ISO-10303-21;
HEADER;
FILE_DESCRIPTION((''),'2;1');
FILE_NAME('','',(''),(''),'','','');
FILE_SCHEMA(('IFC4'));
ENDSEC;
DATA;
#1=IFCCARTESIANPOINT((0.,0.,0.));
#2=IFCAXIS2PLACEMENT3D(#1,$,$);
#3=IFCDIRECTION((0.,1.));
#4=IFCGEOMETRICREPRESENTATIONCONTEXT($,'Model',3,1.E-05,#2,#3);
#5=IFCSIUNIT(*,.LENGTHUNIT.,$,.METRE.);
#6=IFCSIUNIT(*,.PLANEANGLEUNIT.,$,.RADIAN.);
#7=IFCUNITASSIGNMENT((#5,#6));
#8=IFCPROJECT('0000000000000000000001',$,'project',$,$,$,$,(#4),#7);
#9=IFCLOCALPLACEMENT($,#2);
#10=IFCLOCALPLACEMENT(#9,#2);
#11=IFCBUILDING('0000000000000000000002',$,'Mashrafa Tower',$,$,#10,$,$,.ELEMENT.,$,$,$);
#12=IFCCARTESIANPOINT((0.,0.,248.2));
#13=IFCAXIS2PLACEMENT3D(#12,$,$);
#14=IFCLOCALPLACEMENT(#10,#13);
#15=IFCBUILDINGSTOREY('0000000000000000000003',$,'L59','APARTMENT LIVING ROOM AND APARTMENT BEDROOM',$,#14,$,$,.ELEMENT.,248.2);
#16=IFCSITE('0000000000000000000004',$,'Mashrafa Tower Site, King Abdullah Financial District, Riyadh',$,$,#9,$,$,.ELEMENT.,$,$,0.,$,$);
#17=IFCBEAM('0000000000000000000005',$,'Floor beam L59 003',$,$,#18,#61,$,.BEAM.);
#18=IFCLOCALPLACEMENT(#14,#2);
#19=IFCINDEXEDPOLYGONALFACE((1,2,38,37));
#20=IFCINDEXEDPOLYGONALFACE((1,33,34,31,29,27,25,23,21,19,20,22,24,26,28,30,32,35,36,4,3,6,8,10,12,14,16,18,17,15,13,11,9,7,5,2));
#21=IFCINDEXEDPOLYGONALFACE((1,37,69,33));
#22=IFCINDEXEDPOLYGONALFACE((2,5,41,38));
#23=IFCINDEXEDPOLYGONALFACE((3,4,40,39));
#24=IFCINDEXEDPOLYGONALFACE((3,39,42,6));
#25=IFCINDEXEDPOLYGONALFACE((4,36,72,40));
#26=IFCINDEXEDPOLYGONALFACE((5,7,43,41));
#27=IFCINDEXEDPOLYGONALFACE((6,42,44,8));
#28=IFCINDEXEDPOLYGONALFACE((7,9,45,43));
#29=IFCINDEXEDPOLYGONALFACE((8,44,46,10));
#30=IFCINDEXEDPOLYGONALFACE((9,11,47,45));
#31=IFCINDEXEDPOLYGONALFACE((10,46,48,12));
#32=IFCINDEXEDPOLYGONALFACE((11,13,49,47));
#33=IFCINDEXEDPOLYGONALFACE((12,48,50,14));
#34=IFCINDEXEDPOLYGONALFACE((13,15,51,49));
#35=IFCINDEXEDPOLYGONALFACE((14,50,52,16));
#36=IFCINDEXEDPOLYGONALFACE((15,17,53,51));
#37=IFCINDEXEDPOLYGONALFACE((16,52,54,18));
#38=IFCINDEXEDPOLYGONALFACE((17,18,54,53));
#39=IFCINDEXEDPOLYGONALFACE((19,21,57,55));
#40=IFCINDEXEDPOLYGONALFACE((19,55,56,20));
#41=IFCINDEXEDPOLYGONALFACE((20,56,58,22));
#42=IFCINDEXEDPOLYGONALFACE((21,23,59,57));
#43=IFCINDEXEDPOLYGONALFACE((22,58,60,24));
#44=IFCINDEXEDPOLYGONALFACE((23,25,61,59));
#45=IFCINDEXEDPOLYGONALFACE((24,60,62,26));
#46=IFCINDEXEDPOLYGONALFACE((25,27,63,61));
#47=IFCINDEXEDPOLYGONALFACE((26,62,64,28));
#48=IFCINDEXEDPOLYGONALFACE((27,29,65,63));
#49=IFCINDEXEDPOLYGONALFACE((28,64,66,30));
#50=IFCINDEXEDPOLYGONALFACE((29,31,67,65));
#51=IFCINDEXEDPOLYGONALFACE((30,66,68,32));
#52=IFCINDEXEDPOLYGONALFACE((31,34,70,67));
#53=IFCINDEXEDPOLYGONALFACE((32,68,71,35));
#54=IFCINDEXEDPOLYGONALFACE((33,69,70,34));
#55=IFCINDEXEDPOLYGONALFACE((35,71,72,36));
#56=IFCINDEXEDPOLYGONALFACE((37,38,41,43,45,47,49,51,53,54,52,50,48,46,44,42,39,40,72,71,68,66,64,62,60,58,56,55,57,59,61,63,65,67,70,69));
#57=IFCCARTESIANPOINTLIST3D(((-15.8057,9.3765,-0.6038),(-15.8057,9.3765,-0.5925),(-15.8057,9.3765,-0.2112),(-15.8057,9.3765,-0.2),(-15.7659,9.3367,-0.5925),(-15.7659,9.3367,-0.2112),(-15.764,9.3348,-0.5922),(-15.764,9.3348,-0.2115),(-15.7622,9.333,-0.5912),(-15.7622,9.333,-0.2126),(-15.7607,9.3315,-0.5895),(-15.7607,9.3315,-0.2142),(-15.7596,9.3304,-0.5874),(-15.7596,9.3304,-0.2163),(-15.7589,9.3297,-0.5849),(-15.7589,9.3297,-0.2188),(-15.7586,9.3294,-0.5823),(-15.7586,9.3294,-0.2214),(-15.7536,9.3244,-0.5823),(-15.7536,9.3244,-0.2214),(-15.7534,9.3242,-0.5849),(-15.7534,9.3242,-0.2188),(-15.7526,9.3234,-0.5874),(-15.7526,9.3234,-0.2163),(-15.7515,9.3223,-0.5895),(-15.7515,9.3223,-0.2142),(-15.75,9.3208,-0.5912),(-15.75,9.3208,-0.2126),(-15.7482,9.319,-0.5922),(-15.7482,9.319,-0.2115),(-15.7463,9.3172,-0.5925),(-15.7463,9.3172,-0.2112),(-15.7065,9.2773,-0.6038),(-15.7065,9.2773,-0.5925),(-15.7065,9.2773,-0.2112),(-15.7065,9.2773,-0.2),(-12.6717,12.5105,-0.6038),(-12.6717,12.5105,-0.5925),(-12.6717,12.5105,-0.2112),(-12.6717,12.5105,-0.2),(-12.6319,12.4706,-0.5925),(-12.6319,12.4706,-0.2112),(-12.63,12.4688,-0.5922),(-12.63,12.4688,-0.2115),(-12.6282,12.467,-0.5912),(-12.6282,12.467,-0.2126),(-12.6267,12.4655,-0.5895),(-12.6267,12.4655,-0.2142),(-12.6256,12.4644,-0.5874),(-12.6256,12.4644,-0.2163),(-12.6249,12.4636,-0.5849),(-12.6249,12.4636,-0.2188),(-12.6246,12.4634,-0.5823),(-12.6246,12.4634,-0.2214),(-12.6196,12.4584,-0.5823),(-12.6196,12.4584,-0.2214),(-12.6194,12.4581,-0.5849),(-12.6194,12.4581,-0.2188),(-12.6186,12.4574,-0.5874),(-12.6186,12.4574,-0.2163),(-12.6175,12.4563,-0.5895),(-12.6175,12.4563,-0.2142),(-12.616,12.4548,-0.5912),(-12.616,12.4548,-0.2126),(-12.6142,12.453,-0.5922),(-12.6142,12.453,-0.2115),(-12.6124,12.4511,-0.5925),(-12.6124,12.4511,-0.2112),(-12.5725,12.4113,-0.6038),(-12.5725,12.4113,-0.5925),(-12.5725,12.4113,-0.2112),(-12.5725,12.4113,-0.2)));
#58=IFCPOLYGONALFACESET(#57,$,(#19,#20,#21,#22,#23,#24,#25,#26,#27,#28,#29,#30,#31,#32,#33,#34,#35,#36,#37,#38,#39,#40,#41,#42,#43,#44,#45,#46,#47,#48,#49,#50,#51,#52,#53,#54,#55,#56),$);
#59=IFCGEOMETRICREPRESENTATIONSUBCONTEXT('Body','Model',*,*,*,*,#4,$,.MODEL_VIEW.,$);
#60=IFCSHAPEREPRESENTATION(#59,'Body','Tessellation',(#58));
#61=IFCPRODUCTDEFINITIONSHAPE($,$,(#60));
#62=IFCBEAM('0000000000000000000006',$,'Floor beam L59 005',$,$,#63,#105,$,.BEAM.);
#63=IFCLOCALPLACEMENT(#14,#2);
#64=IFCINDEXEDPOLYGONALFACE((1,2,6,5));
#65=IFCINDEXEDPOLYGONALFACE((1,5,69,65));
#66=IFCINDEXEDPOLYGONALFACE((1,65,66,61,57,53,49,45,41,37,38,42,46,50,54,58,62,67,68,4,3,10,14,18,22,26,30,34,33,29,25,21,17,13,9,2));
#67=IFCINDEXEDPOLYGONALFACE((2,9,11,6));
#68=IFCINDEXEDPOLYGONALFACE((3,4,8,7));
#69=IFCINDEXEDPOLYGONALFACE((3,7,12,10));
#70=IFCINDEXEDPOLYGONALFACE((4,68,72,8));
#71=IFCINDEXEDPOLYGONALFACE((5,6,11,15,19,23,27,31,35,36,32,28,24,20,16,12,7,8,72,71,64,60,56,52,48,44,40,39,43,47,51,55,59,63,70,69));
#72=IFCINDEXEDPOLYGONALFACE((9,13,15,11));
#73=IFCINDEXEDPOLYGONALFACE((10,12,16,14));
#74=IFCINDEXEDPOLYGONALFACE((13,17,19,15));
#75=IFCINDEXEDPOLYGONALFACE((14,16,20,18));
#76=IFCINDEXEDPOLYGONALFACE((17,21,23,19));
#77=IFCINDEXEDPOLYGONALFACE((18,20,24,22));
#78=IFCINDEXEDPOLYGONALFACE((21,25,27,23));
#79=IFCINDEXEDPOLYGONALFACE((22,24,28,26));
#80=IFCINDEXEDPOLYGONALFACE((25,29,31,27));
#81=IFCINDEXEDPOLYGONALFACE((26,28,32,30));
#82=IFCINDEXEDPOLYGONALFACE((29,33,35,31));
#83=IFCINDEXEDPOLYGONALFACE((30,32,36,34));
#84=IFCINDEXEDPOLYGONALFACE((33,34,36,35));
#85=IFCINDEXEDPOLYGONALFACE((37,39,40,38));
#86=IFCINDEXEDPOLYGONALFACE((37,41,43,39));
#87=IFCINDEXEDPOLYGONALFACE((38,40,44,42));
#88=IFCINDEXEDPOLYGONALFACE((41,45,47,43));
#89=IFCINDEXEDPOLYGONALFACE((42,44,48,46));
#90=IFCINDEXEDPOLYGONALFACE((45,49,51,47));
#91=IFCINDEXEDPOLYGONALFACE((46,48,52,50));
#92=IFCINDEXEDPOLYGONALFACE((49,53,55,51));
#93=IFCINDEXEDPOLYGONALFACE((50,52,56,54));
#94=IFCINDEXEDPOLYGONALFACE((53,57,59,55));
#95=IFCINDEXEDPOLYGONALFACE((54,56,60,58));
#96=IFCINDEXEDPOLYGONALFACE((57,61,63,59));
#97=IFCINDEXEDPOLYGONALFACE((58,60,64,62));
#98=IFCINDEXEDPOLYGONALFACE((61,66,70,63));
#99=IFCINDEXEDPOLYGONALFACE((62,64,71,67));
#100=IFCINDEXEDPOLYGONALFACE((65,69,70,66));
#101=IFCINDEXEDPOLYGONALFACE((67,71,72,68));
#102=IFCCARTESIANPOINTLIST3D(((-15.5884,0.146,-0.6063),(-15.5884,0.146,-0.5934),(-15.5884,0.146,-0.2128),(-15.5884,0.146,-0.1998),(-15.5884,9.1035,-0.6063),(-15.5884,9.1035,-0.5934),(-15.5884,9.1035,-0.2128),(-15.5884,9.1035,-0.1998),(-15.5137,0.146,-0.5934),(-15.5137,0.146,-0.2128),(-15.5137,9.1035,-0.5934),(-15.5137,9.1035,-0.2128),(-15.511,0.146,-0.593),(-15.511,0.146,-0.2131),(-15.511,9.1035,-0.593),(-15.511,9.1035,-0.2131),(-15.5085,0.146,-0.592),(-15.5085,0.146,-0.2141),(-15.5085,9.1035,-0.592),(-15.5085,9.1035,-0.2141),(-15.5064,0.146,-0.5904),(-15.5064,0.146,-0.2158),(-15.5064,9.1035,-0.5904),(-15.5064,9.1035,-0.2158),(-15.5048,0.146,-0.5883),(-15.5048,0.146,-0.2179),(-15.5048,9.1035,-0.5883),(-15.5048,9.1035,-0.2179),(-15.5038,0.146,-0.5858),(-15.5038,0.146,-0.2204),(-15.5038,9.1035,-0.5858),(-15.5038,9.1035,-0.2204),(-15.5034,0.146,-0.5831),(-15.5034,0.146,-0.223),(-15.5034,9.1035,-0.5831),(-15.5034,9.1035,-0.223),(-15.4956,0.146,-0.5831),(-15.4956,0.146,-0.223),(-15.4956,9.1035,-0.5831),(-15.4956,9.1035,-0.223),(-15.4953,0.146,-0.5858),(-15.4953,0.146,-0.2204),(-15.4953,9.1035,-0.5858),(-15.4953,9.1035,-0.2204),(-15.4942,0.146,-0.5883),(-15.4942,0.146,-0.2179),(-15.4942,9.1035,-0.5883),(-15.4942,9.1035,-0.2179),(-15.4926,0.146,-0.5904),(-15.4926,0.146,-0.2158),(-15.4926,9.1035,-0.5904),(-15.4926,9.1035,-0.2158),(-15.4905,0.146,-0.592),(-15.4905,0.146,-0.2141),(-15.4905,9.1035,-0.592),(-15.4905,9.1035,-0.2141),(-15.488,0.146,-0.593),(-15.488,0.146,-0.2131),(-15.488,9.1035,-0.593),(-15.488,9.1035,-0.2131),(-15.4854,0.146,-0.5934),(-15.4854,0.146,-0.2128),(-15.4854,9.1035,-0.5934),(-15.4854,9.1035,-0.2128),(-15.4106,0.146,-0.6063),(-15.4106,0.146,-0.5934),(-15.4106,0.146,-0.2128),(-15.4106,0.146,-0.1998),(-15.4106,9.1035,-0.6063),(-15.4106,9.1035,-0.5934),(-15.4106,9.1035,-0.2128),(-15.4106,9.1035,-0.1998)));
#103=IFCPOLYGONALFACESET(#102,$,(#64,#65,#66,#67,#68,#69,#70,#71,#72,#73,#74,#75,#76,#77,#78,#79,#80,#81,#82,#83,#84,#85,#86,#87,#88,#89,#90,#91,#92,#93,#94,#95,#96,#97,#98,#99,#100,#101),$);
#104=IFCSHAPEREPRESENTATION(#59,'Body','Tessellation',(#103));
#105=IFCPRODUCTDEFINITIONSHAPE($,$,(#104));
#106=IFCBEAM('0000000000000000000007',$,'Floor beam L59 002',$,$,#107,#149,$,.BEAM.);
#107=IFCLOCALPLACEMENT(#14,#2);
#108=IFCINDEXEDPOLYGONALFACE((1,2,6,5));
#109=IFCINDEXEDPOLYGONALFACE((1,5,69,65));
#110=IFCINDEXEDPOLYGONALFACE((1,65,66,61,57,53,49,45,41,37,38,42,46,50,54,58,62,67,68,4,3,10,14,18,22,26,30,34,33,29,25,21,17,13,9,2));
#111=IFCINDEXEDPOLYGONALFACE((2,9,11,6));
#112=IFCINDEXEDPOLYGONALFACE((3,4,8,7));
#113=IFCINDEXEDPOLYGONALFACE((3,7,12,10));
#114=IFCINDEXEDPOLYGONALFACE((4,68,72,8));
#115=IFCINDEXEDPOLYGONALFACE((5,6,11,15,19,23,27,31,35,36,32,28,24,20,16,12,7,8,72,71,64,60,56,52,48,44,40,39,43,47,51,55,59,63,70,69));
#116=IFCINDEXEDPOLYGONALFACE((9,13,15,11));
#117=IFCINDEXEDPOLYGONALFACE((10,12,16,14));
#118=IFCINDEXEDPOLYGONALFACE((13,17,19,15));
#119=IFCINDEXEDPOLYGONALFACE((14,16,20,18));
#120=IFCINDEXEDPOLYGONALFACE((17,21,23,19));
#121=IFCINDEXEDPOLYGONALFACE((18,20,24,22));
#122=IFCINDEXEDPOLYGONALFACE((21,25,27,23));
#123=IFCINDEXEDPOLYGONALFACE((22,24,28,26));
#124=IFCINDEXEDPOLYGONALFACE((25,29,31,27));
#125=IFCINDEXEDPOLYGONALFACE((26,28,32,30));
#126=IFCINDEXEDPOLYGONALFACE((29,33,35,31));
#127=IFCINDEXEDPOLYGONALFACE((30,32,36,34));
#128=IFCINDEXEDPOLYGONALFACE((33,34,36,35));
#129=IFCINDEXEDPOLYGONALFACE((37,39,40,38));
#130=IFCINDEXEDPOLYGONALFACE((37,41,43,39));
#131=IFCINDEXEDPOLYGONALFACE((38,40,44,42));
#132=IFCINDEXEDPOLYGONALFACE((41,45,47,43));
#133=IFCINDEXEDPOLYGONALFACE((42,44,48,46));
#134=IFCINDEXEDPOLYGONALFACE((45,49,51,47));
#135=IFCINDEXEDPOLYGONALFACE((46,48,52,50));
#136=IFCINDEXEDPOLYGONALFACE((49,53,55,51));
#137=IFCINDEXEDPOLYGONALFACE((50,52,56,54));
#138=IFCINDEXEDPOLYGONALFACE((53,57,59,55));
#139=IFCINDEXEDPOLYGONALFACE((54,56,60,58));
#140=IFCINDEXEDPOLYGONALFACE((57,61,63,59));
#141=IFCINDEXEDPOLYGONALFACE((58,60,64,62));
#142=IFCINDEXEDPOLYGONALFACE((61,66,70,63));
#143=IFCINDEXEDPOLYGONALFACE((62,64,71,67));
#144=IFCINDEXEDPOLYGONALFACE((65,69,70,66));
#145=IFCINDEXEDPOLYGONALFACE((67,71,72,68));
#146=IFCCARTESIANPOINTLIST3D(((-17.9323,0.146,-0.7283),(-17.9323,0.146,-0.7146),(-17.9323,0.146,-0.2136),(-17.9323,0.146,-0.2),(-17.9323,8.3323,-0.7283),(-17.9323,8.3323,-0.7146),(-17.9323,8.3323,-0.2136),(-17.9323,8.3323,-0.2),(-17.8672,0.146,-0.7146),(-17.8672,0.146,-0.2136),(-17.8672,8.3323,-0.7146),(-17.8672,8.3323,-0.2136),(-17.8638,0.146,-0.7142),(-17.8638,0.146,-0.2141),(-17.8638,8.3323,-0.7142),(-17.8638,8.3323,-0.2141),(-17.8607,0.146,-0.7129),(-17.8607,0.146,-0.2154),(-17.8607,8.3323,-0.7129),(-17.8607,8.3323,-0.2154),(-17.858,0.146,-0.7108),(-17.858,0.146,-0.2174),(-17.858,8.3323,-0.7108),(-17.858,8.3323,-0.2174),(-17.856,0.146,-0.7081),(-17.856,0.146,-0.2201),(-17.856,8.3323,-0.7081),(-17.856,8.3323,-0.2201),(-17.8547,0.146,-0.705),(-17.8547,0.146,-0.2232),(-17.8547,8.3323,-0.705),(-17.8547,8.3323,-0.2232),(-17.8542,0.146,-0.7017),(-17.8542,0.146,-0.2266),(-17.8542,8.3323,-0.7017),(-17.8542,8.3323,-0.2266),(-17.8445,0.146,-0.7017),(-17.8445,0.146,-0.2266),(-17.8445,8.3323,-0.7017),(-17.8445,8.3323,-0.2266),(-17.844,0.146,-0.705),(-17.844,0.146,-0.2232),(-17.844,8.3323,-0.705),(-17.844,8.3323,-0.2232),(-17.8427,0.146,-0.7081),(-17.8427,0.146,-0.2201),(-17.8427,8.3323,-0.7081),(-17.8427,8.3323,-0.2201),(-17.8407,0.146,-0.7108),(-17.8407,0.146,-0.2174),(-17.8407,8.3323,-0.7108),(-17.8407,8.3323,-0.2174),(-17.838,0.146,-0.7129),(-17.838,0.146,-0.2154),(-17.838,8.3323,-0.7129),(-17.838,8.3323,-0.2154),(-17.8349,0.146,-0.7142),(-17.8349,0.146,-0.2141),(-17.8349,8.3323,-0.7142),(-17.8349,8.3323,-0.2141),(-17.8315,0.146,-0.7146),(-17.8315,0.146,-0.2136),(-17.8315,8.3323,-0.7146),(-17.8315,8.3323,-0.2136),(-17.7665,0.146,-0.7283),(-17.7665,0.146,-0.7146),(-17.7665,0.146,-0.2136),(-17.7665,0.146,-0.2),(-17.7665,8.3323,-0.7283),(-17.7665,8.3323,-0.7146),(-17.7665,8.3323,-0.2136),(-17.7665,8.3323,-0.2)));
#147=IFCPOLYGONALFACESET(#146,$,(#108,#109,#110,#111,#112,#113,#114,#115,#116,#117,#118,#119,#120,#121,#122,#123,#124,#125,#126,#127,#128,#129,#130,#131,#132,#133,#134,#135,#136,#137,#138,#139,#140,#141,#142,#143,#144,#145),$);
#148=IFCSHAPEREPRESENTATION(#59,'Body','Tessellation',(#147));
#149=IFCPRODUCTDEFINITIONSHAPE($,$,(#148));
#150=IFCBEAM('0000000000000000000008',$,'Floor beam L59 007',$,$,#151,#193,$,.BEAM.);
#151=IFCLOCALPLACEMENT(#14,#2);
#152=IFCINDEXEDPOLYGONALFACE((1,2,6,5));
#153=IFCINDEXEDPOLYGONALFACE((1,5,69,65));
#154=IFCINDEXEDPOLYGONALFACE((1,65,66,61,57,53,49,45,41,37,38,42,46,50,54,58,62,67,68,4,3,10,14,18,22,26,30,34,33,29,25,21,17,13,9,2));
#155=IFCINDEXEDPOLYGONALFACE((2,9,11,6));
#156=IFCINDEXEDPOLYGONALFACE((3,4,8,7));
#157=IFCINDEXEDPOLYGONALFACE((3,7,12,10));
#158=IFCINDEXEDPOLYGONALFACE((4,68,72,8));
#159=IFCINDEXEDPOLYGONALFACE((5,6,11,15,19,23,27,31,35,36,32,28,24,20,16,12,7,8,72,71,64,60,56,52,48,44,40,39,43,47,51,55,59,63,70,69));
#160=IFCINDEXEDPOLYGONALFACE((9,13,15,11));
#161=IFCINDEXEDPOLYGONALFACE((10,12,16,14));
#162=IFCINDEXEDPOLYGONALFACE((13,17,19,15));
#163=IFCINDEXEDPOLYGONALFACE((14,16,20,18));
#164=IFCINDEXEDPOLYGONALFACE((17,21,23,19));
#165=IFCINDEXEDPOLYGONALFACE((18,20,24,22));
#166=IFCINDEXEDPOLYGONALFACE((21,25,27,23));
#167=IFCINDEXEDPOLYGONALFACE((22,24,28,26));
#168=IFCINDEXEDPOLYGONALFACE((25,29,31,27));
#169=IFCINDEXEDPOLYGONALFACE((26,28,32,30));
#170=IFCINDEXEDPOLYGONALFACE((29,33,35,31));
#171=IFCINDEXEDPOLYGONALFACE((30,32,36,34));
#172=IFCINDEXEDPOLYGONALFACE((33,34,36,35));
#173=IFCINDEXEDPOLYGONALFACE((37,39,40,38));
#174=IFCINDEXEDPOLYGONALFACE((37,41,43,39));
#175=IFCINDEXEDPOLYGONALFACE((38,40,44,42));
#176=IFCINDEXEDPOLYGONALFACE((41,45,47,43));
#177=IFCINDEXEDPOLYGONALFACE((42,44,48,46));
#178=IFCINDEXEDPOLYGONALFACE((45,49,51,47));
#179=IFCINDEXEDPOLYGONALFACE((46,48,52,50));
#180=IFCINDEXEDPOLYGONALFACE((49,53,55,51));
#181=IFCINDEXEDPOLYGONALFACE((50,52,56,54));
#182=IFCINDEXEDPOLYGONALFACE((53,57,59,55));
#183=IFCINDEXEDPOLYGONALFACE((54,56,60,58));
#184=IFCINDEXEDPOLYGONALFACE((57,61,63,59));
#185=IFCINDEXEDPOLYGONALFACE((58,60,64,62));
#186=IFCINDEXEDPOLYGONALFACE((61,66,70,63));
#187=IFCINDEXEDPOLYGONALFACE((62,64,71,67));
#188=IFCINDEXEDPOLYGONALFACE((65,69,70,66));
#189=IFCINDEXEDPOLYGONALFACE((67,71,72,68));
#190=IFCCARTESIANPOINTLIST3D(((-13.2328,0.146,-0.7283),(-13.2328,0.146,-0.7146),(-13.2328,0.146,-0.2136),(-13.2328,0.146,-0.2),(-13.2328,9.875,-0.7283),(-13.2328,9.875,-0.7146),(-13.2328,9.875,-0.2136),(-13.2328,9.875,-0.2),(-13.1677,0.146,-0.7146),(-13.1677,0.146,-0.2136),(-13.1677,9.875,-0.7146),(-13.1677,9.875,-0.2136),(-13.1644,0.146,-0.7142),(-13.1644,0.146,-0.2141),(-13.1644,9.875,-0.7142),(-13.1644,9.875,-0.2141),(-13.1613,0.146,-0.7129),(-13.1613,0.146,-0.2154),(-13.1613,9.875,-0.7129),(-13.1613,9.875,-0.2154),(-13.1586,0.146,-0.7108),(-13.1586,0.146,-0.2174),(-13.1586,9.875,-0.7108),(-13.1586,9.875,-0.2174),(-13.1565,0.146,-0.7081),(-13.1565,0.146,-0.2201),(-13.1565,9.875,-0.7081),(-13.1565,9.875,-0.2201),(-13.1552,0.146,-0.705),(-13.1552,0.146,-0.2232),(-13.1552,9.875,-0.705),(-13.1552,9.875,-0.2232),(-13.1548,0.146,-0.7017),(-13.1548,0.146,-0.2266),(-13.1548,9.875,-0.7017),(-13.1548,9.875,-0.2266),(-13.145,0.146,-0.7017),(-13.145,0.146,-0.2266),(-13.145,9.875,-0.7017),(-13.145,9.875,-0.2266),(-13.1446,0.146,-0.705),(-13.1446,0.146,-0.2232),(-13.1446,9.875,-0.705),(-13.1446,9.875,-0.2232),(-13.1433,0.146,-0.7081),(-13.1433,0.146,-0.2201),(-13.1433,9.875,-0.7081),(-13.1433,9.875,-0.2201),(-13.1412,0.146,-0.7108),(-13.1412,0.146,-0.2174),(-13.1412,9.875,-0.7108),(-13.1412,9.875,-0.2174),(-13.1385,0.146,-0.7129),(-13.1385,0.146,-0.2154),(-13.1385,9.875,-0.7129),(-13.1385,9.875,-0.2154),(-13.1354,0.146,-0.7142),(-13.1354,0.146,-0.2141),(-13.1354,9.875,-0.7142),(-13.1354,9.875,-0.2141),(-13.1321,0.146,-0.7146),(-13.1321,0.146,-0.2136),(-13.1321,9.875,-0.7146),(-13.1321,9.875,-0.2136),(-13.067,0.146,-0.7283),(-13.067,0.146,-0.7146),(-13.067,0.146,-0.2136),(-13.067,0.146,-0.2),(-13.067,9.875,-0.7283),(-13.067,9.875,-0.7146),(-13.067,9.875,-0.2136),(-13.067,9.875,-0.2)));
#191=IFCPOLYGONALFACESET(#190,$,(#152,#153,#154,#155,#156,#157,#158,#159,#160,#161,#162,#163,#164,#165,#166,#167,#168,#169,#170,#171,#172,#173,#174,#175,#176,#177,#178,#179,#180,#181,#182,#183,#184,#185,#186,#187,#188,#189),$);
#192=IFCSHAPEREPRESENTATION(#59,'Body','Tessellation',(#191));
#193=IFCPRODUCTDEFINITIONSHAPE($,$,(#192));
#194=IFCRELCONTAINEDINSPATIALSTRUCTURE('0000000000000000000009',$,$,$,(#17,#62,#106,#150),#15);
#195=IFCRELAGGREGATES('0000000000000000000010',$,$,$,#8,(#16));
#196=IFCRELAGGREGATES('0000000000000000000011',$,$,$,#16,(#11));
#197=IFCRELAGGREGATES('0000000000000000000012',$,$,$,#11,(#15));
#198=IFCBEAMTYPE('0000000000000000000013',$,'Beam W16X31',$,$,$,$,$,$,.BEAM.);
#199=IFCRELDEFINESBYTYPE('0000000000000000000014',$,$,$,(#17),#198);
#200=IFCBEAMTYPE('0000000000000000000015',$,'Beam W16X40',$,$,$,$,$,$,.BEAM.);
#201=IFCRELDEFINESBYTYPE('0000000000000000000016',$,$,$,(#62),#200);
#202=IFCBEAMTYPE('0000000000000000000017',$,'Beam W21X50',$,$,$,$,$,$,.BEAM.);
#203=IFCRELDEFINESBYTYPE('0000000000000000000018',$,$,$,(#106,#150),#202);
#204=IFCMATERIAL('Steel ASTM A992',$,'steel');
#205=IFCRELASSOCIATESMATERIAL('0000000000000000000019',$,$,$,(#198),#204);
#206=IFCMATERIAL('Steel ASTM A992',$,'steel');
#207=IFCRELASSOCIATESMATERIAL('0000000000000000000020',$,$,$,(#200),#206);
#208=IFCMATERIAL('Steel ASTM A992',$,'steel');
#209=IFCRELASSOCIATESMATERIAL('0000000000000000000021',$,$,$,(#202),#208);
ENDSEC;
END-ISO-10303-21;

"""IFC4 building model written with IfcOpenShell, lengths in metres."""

from ifc_helpers import new_model, si_unit, direction, frame, origin, origin_2d, place, context, subcontext, project, spatial, i_section, extrude, material, material_profile, profile_set, type_object, element, save


model = new_model("IFC4")

# Units and contexts
model_context = context("Model", 3, precision=1e-05, world=origin(), true_north=direction((0.0, 1.0)))
body_context = subcontext(model_context, "Body", "Model", "MODEL_VIEW")
ifc_project = project(units=[si_unit("LENGTHUNIT", "METRE"), si_unit("PLANEANGLEUNIT", "RADIAN")], contexts=[model_context])

# Site, building, storey
site_placement = place(None, origin())
site = spatial("IfcSite", under=ifc_project, at=site_placement, Name="Mashrafa Tower Site, King Abdullah Financial District, Riyadh", CompositionType="ELEMENT", RefElevation=0.0)
building_placement = place(site_placement, origin())
building = spatial("IfcBuilding", under=site, at=building_placement, Name="Mashrafa Tower", CompositionType="ELEMENT")
storey_placement = place(building_placement, frame((0.0, 0.0, 248.2)))
storey = spatial("IfcBuildingStorey", under=building, at=storey_placement, Name="L59", Description="APARTMENT LIVING ROOM AND APARTMENT BEDROOM", CompositionType="ELEMENT", Elevation=248.2)

# Beams
ifc_material_1 = material(Name="Steel ASTM A992", Category="steel")
ifc_material_profile_1 = material_profile(ifc_material_1, i_section(OverallWidth=0.1404, OverallDepth=0.4038, WebThickness=0.0071, FlangeThickness=0.0112, FilletRadius=0.0103, at=origin_2d()), Name="W16X31")
ifc_profile_set_1 = profile_set([ifc_material_profile_1], Name="Steel ASTM A992")
beam_type_1 = type_object("IfcBeamType", Name="Beam W16X31", PredefinedType="BEAM", material=ifc_profile_set_1)
beam_1_placement = place(storey_placement, frame((-15.7561, 9.3269, -0.4019), z_axis=(0.707107, 0.707107, 0.0), x_axis=(-0.707107, 0.707107, 0.0)))
element("IfcBeam", 1, at=beam_1_placement, inside=storey, type_object=beam_type_1, Name="Floor beam L59 003", PredefinedType="BEAM", context=body_context, shape_type="SweptSolid", body=[
    extrude(i_section(OverallWidth=0.1404, OverallDepth=0.4038, WebThickness=0.0071, FlangeThickness=0.0112, FilletRadius=0.0103, at=origin_2d()), origin(), (0.0, 0.0, 1.0), 4.4321),
])
ifc_material_2 = material(Name="Steel ASTM A992", Category="steel")
ifc_material_profile_2 = material_profile(ifc_material_2, i_section(OverallWidth=0.1777, OverallDepth=0.4065, WebThickness=0.0078, FlangeThickness=0.0129, FilletRadius=0.0103, at=origin_2d()), Name="W16X40")
ifc_profile_set_2 = profile_set([ifc_material_profile_2], Name="Steel ASTM A992")
beam_type_2 = type_object("IfcBeamType", Name="Beam W16X40", PredefinedType="BEAM", material=ifc_profile_set_2)
beam_2_placement = place(storey_placement, frame((-15.4995, 0.146, -0.4031), z_axis=(0.0, 1.0, 0.0), x_axis=(-1.0, 0.0, 0.0)))
element("IfcBeam", 2, at=beam_2_placement, inside=storey, type_object=beam_type_2, Name="Floor beam L59 005", PredefinedType="BEAM", context=body_context, shape_type="SweptSolid", body=[
    extrude(i_section(OverallWidth=0.1777, OverallDepth=0.4065, WebThickness=0.0078, FlangeThickness=0.0129, FilletRadius=0.0103, at=origin_2d()), origin(), (0.0, 0.0, 1.0), 8.9575),
])
ifc_material_3 = material(Name="Steel ASTM A992", Category="steel")
ifc_material_profile_3 = material_profile(ifc_material_3, i_section(OverallWidth=0.1658, OverallDepth=0.5283, WebThickness=0.0098, FlangeThickness=0.0137, FilletRadius=0.0129, at=origin_2d()), Name="W21X50")
ifc_profile_set_3 = profile_set([ifc_material_profile_3], Name="Steel ASTM A992")
beam_type_3 = type_object("IfcBeamType", Name="Beam W21X50", PredefinedType="BEAM", material=ifc_profile_set_3)
beam_3_placement = place(storey_placement, frame((-17.8494, 0.146, -0.4641), z_axis=(0.0, 1.0, 0.0), x_axis=(-1.0, 0.0, 0.0)))
element("IfcBeam", 3, at=beam_3_placement, inside=storey, type_object=beam_type_3, Name="Floor beam L59 002", PredefinedType="BEAM", context=body_context, shape_type="SweptSolid", body=[
    extrude(i_section(OverallWidth=0.1658, OverallDepth=0.5283, WebThickness=0.0098, FlangeThickness=0.0137, FilletRadius=0.0129, at=origin_2d()), origin(), (0.0, 0.0, 1.0), 8.1863),
])
beam_4_placement = place(storey_placement, frame((-13.1499, 0.146, -0.4641), z_axis=(0.0, 1.0, 0.0), x_axis=(-1.0, 0.0, 0.0)))
element("IfcBeam", 4, at=beam_4_placement, inside=storey, type_object=beam_type_3, Name="Floor beam L59 007", PredefinedType="BEAM", context=body_context, shape_type="SweptSolid", body=[
    extrude(i_section(OverallWidth=0.1658, OverallDepth=0.5283, WebThickness=0.0098, FlangeThickness=0.0137, FilletRadius=0.0129, at=origin_2d()), origin(), (0.0, 0.0, 1.0), 9.729),
])

save(model, "model.ifc")
